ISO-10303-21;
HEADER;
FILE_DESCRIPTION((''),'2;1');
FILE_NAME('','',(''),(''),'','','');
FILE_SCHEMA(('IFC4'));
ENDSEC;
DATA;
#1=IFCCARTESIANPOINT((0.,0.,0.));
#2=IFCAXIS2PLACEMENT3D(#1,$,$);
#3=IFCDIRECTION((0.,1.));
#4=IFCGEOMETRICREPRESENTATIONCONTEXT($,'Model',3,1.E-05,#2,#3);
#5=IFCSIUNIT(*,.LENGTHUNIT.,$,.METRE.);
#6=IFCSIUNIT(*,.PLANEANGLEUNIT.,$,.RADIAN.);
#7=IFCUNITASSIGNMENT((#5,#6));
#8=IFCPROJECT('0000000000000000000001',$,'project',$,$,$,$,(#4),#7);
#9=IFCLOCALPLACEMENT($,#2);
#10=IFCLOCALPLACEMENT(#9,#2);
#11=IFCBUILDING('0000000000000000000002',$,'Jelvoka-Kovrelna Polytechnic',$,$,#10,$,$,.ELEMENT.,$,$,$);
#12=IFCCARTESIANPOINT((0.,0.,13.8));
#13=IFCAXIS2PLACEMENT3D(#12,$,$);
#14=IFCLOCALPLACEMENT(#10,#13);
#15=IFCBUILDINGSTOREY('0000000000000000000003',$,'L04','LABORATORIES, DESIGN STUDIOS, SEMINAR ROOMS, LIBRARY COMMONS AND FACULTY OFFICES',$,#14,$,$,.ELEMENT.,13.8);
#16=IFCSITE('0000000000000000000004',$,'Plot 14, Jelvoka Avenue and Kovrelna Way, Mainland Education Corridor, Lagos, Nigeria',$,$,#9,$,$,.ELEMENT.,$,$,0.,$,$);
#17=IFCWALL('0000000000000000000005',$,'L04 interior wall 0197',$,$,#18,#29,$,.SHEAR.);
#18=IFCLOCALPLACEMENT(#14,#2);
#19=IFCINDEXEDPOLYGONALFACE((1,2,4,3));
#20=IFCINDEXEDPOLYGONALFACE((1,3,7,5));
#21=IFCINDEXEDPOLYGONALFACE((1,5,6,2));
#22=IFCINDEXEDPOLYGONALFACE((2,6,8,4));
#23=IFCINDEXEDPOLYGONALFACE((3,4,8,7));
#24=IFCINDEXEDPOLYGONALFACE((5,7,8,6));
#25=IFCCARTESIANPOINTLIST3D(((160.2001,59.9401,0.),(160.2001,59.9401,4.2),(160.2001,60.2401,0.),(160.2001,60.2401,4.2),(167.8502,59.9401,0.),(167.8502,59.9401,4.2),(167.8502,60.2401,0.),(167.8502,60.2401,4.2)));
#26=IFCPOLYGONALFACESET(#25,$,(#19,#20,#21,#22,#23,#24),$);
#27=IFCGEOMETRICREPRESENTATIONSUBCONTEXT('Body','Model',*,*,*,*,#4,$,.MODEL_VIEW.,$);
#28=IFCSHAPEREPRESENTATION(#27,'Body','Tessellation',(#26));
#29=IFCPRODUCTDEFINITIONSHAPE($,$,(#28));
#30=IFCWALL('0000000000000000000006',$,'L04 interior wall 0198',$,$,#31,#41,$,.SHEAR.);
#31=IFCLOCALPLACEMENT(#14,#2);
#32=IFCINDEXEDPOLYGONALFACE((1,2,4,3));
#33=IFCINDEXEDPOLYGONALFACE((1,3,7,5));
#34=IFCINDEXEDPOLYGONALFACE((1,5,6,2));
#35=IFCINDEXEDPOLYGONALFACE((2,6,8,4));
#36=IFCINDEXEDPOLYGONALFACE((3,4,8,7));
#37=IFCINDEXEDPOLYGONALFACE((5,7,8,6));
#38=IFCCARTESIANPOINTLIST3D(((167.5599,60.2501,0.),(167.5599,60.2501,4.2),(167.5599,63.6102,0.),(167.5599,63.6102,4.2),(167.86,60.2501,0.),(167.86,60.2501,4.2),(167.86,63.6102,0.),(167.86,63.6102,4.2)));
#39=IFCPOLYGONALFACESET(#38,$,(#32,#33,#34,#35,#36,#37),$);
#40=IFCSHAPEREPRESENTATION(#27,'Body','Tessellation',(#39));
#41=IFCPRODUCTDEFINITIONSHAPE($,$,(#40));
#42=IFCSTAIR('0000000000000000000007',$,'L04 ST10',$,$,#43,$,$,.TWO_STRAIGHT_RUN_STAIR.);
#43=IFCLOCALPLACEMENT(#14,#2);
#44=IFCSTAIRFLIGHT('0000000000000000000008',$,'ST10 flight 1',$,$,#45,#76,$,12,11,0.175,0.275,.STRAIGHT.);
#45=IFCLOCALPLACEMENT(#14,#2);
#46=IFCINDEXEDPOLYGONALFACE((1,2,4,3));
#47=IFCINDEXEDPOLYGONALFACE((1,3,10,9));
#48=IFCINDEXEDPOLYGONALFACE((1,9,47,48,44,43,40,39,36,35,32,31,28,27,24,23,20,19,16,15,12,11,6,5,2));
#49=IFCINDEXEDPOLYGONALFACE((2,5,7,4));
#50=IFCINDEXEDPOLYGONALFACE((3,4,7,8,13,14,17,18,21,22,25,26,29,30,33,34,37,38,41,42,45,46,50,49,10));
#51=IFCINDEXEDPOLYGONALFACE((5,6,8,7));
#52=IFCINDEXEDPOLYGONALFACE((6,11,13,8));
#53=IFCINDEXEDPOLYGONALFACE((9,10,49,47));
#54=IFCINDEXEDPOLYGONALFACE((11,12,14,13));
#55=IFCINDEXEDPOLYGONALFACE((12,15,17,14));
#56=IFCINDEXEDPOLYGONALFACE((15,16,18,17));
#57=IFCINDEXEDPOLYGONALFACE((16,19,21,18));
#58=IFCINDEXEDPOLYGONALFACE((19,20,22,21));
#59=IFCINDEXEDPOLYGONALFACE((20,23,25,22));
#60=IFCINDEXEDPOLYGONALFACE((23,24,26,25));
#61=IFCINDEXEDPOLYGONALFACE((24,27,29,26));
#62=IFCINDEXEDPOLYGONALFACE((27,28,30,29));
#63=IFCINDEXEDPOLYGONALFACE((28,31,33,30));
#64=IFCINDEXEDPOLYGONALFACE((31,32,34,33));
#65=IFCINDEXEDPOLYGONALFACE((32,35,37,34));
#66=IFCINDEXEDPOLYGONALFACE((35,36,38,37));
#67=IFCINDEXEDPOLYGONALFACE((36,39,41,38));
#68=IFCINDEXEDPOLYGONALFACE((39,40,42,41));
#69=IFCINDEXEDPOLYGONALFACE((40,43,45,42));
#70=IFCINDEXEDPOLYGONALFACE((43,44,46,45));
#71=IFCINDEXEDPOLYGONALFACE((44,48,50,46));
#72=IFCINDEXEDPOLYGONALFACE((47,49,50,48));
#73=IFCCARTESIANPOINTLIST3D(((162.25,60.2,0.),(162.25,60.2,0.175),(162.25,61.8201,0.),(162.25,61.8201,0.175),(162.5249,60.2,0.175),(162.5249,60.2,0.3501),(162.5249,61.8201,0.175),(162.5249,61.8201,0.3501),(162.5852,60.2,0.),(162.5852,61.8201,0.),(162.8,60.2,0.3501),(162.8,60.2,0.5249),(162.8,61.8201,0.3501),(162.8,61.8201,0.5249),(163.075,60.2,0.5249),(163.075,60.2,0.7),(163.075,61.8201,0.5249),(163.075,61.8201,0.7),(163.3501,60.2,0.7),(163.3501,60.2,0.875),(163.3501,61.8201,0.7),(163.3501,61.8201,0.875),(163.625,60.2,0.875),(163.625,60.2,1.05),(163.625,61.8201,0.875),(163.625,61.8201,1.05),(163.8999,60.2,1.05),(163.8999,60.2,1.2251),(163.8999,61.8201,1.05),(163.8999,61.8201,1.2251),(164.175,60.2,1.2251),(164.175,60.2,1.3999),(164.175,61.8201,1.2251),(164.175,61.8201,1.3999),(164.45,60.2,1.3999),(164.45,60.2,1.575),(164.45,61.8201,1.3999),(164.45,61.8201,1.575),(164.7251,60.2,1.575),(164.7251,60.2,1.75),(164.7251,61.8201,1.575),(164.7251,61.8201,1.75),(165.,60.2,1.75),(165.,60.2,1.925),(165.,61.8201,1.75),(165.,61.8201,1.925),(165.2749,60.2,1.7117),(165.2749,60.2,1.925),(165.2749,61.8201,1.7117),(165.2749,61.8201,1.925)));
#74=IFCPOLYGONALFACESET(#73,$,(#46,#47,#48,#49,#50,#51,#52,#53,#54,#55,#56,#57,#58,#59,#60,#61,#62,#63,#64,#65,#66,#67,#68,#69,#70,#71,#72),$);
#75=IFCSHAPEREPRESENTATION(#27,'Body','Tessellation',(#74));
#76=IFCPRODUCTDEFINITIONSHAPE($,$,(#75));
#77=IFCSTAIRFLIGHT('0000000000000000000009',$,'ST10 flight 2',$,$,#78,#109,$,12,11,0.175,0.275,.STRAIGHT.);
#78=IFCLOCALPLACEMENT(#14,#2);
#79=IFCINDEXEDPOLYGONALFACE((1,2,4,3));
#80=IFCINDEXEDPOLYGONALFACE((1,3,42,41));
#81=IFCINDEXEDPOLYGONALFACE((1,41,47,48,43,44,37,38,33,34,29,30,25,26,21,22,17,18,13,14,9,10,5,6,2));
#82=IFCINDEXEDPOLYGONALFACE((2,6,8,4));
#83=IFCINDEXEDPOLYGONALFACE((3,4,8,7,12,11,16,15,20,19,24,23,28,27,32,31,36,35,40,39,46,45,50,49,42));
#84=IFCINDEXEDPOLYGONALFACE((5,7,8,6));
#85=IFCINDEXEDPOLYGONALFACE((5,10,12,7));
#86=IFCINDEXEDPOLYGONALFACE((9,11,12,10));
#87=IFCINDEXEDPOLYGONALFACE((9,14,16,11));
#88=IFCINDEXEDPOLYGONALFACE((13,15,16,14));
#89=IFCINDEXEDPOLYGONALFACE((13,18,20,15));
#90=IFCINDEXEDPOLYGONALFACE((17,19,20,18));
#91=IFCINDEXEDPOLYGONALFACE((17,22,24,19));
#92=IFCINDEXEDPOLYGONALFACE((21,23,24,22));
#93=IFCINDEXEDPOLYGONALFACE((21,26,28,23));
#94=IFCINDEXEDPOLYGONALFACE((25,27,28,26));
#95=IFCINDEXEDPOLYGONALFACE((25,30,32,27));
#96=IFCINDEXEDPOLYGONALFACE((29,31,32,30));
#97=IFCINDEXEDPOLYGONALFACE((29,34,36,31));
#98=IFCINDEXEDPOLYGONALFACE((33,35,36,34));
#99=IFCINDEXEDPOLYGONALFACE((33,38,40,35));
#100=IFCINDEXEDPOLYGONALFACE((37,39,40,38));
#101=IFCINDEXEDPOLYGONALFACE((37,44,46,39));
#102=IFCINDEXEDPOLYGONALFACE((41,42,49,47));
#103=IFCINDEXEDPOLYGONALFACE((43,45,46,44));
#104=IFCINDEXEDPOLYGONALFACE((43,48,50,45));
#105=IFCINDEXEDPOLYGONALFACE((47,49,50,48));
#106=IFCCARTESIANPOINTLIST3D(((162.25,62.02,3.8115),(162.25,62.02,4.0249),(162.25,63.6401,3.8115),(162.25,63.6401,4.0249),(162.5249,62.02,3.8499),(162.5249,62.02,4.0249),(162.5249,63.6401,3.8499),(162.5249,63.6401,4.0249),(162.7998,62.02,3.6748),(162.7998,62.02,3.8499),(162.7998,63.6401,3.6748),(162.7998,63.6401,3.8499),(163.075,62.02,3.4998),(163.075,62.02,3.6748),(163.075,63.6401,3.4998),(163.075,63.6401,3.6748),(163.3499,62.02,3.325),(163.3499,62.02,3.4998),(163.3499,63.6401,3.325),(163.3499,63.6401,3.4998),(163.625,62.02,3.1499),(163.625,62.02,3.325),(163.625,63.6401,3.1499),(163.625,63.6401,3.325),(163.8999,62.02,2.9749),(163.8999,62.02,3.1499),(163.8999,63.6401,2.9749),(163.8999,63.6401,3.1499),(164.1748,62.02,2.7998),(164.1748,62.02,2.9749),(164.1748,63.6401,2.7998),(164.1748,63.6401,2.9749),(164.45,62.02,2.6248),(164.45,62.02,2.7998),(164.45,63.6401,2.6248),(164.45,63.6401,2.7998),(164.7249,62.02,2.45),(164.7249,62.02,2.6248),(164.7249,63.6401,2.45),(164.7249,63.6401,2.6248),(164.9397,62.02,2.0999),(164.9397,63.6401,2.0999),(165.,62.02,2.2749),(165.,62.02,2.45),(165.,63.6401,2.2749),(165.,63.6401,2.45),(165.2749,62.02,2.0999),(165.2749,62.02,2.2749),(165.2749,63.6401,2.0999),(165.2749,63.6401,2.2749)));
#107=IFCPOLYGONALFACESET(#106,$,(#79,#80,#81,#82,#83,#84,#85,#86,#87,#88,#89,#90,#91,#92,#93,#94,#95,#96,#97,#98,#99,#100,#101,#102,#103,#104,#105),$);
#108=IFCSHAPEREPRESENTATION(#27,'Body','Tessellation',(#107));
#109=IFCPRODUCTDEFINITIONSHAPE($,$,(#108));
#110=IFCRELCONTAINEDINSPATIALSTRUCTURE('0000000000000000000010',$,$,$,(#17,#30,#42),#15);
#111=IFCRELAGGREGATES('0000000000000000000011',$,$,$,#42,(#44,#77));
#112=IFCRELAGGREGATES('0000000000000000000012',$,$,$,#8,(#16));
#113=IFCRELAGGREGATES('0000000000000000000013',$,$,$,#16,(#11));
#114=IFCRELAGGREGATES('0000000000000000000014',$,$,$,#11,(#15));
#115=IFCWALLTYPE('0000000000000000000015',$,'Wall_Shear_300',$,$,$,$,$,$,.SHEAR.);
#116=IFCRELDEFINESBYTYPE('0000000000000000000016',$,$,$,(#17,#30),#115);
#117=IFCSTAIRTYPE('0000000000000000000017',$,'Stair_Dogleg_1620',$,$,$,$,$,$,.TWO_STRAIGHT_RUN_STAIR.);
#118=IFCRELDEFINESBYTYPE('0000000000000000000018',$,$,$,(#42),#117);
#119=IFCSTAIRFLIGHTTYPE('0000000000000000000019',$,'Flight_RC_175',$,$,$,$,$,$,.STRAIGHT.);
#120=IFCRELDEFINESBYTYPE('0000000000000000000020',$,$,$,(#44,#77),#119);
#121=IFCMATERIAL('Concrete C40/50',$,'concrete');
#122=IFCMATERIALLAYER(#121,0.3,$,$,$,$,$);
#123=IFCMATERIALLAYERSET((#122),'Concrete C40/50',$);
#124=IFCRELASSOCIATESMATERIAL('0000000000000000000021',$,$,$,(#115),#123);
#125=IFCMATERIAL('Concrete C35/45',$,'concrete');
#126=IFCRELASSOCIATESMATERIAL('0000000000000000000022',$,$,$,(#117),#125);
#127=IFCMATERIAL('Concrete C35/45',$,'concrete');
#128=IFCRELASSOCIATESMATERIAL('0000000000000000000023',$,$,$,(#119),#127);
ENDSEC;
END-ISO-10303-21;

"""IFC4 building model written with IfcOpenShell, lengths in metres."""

from ifc_helpers import new_model, si_unit, direction, frame, frame_2d, origin, place, context, subcontext, project, spatial, polyline, rectangle, outline, extrude, material, layer, layer_set, type_object, element, aggregate, save


model = new_model("IFC4")

# Units and contexts
model_context = context("Model", 3, precision=1e-05, world=origin(), true_north=direction((0.0, 1.0)))
body_context = subcontext(model_context, "Body", "Model", "MODEL_VIEW")
ifc_project = project(units=[si_unit("LENGTHUNIT", "METRE"), si_unit("PLANEANGLEUNIT", "RADIAN")], contexts=[model_context])

# Site, building, storey
site_placement = place(None, origin())
site = spatial("IfcSite", under=ifc_project, at=site_placement, Name="Plot 14, Jelvoka Avenue and Kovrelna Way, Mainland Education Corridor, Lagos, Nigeria", CompositionType="ELEMENT", RefElevation=0.0)
building_placement = place(site_placement, origin())
building = spatial("IfcBuilding", under=site, at=building_placement, Name="Jelvoka-Kovrelna Polytechnic", CompositionType="ELEMENT")
storey_placement = place(building_placement, frame((0.0, 0.0, 13.8)))
storey = spatial("IfcBuildingStorey", under=building, at=storey_placement, Name="L04", Description="LABORATORIES, DESIGN STUDIOS, SEMINAR ROOMS, LIBRARY COMMONS AND FACULTY OFFICES", CompositionType="ELEMENT", Elevation=13.8)

# Walls
ifc_material_1 = material(Name="Concrete C40/50", Category="concrete")
ifc_layer_1 = layer(ifc_material_1, 0.3)
ifc_layer_set_1 = layer_set([ifc_layer_1], Name="Concrete C40/50")
wall_type_1 = type_object("IfcWallType", Name="Wall_Shear_300", PredefinedType="SHEAR", material=ifc_layer_set_1)
wall_1_placement = place(storey_placement, frame((160.2, 60.0901, 0.0), z_axis=(0.0, 0.0, 1.0), x_axis=(1.0, 0.0, 0.0)))
element("IfcWall", 1, at=wall_1_placement, inside=storey, type_object=wall_type_1, Name="L04 interior wall 0197", PredefinedType="SHEAR", context=body_context, shape_type="SweptSolid", body=[
    extrude(rectangle(XDim=7.6501, YDim=0.3, at=frame_2d((3.8252, 0.0))), origin(), (0.0, 0.0, 1.0), 4.2),
])
wall_2_placement = place(storey_placement, frame((167.71, 60.25, 0.0), z_axis=(0.0, 0.0, 1.0), x_axis=(0.0, 1.0, 0.0)))
element("IfcWall", 2, at=wall_2_placement, inside=storey, type_object=wall_type_1, Name="L04 interior wall 0198", PredefinedType="SHEAR", context=body_context, shape_type="SweptSolid", body=[
    extrude(rectangle(XDim=3.3601, YDim=0.3, at=frame_2d((1.6802, 0.0))), origin(), (0.0, 0.0, 1.0), 4.2),
])

# Stair, stair flights
ifc_material_2 = material(Name="Concrete C35/45", Category="concrete")
stair_type = type_object("IfcStairType", Name="Stair_Dogleg_1620", PredefinedType="TWO_STRAIGHT_RUN_STAIR", material=ifc_material_2)
stair_placement = place(storey_placement, origin())
stair = element("IfcStair", 3, at=stair_placement, inside=storey, type_object=stair_type, Name="L04 ST10", PredefinedType="TWO_STRAIGHT_RUN_STAIR")
ifc_material_3 = material(Name="Concrete C35/45", Category="concrete")
stair_flight_type = type_object("IfcStairFlightType", Name="Flight_RC_175", PredefinedType="STRAIGHT", material=ifc_material_3)
stair_flight_1_placement = place(storey_placement, frame((162.25, 61.01, 0.0), z_axis=(0.0, 0.0, 1.0), x_axis=(1.0, 0.0, 0.0)))
stair_flight_1 = element("IfcStairFlight", 4, at=stair_flight_1_placement, type_object=stair_flight_type, Name="ST10 flight 1", NumberOfRisers=12, NumberOfTreads=11, PredefinedType="STRAIGHT", RiserHeight=0.175, TreadLength=0.275, context=body_context, shape_type="SweptSolid", body=[
    extrude(outline(polyline([(0.0, 0.0), (0.0, 0.175), (0.2749, 0.175), (0.2749, 0.3501), (0.55, 0.3501), (0.55, 0.5249), (0.825, 0.5249), (0.825, 0.7), (1.1001, 0.7), (1.1001, 0.875), (1.375, 0.875), (1.375, 1.05), (1.6499, 1.05), (1.6499, 1.2251), (1.925, 1.2251), (1.925, 1.3999), (2.2, 1.3999), (2.2, 1.575), (2.4751, 1.575), (2.4751, 1.75), (2.75, 1.75), (2.75, 1.925), (3.0249, 1.925), (3.0249, 2.1001), (3.0249, 1.7117), (0.3352, 0.0), (0.0, 0.0)])), frame((0.0, 0.8101, 0.0), z_axis=(0.0, -1.0, 0.0), x_axis=(1.0, 0.0, 0.0)), (0.0, 0.0, 1.0), 1.6201),
])
stair_flight_2_placement = place(storey_placement, frame((165.2749, 62.8301, 2.0999), z_axis=(0.0, 0.0, 1.0), x_axis=(-1.0, 0.0, 0.0)))
stair_flight_2 = element("IfcStairFlight", 5, at=stair_flight_2_placement, type_object=stair_flight_type, Name="ST10 flight 2", NumberOfRisers=12, NumberOfTreads=11, PredefinedType="STRAIGHT", RiserHeight=0.175, TreadLength=0.275, context=body_context, shape_type="SweptSolid", body=[
    extrude(outline(polyline([(0.0, 0.0), (0.0, 0.175), (0.2749, 0.175), (0.2749, 0.3501), (0.55, 0.3501), (0.55, 0.5249), (0.825, 0.5249), (0.825, 0.7), (1.1001, 0.7), (1.1001, 0.875), (1.375, 0.875), (1.375, 1.05), (1.6499, 1.05), (1.6499, 1.2251), (1.925, 1.2251), (1.925, 1.3999), (2.2, 1.3999), (2.2, 1.575), (2.4751, 1.575), (2.4751, 1.75), (2.75, 1.75), (2.75, 1.925), (3.0249, 1.925), (3.0249, 2.1001), (3.0249, 1.7117), (0.3352, 0.0), (0.0, 0.0)])), frame((0.0, 0.8101, 0.0), z_axis=(0.0, -1.0, 0.0), x_axis=(1.0, 0.0, 0.0)), (0.0, 0.0, 1.0), 1.6201),
])
aggregate(stair, [stair_flight_1, stair_flight_2])

save(model, "model.ifc")
